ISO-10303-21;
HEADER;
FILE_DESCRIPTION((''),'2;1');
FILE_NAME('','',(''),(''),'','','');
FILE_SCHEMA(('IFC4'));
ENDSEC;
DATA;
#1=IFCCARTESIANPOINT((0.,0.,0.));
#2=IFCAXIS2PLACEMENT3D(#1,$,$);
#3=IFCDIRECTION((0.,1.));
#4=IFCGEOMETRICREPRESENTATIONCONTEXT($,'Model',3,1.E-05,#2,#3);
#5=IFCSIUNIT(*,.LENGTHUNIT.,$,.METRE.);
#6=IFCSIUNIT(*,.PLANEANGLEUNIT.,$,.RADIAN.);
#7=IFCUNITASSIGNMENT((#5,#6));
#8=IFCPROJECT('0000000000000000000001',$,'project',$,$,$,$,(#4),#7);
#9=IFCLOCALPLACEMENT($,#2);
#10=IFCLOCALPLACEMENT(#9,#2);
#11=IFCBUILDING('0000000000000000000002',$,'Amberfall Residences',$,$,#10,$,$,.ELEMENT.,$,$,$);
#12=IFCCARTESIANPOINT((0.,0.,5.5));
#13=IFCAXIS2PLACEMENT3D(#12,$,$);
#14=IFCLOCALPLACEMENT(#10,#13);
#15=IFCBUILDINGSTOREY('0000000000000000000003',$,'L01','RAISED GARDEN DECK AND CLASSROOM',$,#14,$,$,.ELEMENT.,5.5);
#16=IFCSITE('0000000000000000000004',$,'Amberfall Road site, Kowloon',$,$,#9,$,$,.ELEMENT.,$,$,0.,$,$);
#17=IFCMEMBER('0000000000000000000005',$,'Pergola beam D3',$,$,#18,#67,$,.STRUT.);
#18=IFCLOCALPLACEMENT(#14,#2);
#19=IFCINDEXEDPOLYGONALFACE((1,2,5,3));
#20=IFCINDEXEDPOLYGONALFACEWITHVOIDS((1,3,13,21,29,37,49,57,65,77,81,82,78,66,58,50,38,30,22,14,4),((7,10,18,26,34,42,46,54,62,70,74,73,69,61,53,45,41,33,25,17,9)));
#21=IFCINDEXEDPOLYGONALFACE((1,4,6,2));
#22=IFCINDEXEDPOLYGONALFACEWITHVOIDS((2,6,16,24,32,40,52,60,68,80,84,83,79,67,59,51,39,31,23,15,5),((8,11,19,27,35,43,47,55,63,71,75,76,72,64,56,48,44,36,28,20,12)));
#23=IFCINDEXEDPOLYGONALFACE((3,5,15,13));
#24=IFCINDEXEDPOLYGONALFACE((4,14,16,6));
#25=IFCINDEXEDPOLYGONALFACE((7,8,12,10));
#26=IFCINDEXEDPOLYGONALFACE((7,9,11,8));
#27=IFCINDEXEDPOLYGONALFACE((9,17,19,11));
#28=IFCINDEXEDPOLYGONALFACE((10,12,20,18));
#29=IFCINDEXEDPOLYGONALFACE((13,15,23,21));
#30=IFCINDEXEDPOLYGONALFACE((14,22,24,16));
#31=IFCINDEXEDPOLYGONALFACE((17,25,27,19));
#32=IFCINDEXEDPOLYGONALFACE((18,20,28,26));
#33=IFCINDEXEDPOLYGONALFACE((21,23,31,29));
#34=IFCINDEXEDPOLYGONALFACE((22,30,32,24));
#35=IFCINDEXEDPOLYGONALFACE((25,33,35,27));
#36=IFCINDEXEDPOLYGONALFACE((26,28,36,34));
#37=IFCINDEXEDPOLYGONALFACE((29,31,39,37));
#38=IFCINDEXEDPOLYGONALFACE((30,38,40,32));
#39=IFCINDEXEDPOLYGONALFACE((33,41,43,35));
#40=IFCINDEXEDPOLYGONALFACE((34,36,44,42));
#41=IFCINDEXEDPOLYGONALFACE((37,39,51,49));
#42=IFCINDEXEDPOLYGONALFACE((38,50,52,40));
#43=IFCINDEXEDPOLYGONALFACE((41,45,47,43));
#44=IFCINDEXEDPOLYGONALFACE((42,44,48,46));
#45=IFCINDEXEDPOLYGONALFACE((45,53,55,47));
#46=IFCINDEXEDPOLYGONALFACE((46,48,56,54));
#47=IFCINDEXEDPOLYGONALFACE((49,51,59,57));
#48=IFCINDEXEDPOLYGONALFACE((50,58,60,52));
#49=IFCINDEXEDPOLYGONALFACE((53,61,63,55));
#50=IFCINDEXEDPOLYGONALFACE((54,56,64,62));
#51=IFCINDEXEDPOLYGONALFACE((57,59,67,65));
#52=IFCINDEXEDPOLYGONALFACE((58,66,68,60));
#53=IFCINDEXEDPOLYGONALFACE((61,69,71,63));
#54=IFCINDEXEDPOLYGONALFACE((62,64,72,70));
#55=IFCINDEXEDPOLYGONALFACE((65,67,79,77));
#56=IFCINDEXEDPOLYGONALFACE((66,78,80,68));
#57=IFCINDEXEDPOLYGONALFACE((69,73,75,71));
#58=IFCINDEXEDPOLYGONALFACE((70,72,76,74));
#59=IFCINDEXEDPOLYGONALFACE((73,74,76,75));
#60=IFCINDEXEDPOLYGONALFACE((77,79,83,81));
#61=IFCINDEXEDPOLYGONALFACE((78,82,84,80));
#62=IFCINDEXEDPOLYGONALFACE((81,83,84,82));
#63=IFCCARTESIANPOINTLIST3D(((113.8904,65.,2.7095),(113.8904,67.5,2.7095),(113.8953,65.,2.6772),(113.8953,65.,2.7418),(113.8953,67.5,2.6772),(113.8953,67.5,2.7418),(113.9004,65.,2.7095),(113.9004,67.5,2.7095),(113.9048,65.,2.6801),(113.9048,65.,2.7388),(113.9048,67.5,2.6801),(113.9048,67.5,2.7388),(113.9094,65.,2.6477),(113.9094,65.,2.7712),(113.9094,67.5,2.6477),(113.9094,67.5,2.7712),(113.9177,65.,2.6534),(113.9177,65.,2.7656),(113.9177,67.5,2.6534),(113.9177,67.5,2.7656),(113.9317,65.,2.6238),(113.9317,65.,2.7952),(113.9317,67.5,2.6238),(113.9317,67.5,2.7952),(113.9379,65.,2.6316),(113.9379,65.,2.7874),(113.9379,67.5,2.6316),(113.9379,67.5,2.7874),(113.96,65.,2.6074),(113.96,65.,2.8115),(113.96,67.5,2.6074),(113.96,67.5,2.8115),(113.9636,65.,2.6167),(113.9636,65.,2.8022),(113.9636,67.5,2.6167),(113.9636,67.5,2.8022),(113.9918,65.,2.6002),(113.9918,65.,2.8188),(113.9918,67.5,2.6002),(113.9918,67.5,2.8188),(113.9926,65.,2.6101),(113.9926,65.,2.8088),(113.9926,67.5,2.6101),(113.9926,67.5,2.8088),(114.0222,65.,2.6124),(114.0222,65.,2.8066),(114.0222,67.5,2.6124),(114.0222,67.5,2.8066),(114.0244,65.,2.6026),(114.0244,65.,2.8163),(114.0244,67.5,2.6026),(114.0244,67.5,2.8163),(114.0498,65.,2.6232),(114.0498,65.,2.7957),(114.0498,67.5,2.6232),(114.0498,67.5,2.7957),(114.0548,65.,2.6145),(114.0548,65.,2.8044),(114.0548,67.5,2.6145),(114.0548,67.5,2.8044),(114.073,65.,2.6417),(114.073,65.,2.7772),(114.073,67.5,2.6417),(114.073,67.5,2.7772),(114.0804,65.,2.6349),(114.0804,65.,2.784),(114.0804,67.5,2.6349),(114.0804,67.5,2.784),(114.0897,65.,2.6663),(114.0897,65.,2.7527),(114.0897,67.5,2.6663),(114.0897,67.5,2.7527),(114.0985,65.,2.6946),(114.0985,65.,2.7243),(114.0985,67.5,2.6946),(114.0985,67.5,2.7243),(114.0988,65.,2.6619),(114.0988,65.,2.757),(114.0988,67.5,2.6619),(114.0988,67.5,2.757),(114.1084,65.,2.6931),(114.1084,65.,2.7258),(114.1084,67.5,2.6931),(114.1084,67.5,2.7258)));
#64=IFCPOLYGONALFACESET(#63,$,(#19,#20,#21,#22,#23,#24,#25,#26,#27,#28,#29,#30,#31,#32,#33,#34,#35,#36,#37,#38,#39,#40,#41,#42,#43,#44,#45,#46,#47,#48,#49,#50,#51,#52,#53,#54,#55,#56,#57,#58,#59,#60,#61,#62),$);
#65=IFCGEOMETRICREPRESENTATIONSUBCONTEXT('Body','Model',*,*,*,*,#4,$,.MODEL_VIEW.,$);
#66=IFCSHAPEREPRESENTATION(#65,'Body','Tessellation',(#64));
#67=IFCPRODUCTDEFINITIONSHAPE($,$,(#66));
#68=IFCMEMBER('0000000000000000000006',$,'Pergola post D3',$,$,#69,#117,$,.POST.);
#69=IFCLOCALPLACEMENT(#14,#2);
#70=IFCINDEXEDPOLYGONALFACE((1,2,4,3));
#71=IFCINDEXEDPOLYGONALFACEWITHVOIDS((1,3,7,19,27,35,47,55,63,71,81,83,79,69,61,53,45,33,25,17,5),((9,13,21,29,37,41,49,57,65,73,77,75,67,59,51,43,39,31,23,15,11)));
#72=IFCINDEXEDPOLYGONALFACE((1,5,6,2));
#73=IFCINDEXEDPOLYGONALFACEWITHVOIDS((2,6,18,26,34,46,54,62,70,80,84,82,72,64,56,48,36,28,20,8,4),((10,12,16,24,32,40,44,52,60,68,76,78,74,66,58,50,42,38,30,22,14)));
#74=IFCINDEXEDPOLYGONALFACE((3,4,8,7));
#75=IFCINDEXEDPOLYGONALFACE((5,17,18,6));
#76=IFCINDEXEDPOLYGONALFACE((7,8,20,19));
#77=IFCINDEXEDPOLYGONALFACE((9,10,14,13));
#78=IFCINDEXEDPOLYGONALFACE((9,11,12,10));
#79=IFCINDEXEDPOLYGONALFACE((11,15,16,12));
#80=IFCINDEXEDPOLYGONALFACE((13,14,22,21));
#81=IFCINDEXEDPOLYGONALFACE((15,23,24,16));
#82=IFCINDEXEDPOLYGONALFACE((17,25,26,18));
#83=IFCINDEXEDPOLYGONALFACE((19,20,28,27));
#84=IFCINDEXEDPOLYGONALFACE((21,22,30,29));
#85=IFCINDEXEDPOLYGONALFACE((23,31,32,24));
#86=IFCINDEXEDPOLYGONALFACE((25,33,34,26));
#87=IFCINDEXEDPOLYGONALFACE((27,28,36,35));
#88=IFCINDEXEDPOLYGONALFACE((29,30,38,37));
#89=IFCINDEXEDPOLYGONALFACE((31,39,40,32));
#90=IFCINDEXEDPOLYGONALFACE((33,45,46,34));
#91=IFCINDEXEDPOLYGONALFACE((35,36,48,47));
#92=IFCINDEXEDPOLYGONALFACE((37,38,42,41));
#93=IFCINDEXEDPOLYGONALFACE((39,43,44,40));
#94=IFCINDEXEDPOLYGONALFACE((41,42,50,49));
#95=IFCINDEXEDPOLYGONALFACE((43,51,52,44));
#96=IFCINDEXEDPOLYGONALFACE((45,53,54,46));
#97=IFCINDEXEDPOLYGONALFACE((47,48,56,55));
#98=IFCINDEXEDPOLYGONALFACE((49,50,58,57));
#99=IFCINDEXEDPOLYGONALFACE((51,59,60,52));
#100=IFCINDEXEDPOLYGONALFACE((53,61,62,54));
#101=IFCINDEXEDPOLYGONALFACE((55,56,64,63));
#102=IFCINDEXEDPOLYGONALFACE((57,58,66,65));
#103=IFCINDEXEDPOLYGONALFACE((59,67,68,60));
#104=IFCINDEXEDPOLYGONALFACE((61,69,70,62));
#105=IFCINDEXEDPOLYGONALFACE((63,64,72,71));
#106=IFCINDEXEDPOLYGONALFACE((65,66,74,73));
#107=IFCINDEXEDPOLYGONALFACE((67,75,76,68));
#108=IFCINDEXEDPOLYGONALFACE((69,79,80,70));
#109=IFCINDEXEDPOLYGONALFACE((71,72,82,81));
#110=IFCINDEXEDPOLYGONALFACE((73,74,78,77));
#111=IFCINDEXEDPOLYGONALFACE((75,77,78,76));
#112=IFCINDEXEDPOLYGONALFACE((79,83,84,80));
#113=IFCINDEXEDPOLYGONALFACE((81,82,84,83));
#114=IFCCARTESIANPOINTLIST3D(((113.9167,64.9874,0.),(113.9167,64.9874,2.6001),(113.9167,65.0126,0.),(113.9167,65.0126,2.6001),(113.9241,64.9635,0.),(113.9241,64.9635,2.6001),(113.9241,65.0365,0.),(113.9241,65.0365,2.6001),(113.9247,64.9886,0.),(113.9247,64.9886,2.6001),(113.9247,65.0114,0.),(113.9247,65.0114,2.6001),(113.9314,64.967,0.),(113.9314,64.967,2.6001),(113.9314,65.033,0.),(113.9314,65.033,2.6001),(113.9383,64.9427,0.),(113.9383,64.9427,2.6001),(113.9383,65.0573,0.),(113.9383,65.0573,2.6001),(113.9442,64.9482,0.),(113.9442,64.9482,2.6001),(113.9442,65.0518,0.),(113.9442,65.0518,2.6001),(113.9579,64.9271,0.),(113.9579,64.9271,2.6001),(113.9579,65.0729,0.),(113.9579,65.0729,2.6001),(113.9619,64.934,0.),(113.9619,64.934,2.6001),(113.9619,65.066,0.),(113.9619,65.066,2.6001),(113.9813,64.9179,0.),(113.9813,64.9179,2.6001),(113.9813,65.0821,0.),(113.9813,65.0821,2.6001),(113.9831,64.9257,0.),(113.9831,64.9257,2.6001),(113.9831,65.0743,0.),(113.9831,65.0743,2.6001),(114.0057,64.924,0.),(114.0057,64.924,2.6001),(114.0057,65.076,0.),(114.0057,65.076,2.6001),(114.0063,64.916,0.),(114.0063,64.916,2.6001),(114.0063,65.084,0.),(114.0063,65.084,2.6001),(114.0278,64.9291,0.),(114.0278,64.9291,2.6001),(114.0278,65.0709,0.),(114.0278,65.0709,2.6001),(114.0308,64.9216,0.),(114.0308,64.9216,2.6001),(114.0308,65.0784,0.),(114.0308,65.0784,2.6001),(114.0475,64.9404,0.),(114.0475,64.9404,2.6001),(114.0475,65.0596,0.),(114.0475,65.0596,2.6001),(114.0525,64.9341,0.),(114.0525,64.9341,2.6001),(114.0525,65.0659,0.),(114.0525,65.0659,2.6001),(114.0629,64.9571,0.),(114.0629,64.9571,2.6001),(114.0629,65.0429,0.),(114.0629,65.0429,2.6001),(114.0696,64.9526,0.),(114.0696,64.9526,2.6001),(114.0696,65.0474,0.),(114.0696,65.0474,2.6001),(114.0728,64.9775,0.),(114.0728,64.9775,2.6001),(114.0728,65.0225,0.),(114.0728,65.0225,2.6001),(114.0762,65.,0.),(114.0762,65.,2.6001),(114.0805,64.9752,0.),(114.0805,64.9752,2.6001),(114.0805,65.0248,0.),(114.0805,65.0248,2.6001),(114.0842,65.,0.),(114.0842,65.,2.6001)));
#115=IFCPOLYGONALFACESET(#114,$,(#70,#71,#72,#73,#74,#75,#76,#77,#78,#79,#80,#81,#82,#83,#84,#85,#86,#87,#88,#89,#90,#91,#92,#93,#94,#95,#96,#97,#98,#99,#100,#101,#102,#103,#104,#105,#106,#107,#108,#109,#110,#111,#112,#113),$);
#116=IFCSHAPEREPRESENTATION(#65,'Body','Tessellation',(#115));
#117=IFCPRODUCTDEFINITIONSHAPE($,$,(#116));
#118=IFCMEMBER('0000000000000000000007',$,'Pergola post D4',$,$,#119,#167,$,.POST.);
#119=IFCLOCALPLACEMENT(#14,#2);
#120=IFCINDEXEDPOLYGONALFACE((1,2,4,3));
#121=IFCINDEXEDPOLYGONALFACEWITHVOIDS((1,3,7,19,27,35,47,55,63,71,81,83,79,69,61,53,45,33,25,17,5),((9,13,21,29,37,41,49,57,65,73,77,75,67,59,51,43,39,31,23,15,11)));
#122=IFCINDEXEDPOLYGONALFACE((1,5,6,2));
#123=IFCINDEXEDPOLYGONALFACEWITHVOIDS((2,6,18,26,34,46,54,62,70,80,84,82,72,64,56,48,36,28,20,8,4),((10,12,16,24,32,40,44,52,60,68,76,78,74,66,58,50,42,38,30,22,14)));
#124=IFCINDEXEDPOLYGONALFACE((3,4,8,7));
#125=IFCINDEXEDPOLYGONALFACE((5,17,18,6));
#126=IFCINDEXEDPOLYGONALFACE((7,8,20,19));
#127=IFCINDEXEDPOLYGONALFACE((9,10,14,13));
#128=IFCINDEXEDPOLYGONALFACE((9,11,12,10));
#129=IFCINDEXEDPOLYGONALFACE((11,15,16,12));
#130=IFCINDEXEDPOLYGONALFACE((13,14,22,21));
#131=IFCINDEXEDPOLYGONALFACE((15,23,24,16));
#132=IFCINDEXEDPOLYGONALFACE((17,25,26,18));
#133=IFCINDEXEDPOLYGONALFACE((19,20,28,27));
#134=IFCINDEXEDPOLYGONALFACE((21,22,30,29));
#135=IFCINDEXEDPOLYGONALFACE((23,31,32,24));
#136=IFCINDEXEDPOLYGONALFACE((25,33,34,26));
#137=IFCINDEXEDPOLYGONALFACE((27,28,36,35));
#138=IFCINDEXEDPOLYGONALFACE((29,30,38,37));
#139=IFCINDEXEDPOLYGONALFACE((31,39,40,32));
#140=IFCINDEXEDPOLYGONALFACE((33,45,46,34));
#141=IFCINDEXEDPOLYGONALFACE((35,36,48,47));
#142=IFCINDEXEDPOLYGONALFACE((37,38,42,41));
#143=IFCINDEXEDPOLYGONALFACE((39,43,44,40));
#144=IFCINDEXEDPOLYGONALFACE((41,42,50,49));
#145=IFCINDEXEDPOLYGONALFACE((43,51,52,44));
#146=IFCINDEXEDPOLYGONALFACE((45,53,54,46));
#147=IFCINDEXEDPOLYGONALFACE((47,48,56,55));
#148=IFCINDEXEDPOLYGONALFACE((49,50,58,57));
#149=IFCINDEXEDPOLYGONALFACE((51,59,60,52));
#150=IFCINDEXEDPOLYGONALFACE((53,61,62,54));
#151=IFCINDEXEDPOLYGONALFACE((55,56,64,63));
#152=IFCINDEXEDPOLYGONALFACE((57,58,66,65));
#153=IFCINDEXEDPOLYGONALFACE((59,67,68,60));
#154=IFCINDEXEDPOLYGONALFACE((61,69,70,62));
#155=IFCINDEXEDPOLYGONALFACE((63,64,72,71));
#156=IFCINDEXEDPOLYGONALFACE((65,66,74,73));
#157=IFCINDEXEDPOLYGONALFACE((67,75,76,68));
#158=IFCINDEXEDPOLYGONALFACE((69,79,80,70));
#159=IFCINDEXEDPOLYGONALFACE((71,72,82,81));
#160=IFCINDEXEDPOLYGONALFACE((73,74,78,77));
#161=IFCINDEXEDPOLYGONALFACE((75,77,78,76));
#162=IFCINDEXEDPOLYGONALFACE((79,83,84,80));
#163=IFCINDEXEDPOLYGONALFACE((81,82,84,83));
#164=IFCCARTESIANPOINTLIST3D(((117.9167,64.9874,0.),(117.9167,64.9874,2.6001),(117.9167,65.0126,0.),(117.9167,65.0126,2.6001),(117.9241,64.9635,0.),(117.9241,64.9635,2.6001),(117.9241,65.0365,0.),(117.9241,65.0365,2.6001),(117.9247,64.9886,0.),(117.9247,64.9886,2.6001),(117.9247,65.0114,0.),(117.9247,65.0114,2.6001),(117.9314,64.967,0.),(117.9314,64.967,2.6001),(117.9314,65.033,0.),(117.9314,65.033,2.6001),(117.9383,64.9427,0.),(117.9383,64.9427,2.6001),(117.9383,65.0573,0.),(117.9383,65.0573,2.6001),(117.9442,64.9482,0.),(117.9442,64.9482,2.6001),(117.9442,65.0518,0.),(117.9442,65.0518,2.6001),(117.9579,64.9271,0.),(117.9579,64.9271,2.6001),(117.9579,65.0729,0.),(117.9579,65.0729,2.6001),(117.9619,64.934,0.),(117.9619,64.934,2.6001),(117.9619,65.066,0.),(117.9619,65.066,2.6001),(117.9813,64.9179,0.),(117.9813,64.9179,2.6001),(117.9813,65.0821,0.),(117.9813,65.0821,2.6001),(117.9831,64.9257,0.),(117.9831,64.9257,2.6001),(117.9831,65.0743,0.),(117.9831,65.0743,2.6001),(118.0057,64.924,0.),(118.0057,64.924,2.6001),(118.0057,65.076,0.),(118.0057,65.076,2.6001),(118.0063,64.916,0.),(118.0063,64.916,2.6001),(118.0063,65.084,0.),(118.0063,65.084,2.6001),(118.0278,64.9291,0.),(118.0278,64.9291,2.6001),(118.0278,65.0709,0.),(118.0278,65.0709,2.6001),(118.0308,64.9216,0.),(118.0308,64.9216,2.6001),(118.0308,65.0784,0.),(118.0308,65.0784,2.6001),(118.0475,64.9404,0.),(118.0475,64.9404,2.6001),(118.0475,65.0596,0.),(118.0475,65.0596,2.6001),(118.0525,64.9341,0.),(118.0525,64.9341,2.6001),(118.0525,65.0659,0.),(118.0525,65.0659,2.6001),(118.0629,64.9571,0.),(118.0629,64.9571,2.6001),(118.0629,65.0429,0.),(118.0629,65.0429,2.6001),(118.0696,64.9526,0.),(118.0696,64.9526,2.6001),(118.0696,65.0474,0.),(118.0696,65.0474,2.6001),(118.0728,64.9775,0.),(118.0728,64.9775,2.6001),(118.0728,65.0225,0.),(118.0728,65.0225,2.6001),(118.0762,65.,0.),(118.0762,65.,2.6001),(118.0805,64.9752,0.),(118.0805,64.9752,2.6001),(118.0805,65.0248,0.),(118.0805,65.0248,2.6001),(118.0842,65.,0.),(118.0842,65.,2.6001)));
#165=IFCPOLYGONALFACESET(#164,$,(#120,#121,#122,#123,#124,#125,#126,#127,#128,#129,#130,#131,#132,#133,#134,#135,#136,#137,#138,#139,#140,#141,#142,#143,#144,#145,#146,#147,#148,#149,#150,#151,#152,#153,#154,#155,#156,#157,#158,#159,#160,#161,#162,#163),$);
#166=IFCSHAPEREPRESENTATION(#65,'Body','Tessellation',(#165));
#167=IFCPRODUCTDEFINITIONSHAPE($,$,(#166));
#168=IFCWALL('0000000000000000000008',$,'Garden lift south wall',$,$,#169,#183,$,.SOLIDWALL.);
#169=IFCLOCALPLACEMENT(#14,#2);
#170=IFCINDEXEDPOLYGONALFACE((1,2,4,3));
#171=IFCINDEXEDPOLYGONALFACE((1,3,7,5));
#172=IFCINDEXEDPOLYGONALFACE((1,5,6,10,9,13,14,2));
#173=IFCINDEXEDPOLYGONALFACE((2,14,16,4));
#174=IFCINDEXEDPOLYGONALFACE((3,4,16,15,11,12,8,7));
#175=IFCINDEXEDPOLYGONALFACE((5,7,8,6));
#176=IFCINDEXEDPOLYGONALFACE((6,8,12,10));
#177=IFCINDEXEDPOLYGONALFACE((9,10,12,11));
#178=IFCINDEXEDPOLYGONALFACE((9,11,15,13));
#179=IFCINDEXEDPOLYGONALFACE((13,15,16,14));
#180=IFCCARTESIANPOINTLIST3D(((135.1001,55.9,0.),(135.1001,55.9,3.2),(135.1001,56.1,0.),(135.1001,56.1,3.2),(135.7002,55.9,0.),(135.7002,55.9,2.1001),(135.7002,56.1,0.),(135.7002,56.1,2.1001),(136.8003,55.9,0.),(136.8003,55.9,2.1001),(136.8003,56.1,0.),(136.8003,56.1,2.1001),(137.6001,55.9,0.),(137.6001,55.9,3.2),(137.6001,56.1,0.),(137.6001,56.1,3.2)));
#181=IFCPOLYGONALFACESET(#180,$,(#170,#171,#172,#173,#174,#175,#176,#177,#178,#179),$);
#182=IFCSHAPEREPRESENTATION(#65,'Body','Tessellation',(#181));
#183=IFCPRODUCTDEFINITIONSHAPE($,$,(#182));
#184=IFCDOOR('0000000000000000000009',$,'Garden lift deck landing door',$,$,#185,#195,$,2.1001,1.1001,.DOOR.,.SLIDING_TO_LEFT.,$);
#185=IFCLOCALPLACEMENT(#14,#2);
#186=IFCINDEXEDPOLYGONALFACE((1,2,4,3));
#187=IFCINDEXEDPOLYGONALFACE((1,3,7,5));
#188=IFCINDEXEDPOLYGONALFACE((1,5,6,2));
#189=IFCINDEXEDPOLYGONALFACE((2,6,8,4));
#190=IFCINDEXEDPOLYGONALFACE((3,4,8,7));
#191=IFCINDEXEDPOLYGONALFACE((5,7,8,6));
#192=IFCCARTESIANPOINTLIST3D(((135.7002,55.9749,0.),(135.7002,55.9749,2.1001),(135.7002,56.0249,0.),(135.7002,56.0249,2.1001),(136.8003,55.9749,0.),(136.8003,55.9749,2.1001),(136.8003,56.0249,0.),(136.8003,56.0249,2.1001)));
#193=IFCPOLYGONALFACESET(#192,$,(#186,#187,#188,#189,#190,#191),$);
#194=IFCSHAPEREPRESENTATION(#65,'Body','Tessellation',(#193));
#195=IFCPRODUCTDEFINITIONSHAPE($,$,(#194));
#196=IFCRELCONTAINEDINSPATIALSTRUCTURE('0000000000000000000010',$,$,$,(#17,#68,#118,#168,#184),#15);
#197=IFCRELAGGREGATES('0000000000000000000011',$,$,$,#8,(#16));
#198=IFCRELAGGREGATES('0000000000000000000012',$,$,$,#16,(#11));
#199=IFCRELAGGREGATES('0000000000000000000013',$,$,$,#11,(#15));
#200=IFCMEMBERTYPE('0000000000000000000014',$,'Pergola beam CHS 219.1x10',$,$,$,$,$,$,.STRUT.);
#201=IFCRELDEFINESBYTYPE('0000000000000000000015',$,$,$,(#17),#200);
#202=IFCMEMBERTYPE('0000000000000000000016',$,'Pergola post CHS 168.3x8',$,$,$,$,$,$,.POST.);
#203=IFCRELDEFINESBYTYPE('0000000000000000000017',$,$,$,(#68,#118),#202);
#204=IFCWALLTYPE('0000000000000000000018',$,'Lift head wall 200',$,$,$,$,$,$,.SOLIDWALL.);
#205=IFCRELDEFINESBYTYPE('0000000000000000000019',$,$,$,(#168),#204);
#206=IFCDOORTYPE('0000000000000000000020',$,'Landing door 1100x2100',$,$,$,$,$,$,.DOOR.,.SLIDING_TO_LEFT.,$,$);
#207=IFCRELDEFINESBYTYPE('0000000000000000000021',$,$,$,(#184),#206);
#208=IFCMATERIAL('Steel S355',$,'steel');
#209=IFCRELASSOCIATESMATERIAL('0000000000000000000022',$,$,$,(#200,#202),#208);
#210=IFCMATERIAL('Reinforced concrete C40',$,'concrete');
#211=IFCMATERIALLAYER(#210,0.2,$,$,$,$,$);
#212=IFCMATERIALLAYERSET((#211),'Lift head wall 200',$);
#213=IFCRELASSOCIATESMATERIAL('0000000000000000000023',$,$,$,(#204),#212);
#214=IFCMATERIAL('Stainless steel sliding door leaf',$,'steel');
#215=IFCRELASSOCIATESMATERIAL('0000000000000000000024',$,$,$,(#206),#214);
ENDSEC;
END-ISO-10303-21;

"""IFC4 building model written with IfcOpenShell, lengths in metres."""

from ifc_helpers import new_model, si_unit, direction, frame, frame_2d, origin, origin_2d, place, context, subcontext, project, spatial, rectangle, hollow_circle, extrude, material, layer, layer_set, material_profile, profile_set, type_object, element, fill, save


model = new_model("IFC4")

# Units and contexts
model_context = context("Model", 3, precision=1e-05, world=origin(), true_north=direction((0.0, 1.0)))
body_context = subcontext(model_context, "Body", "Model", "MODEL_VIEW")
ifc_project = project(units=[si_unit("LENGTHUNIT", "METRE"), si_unit("PLANEANGLEUNIT", "RADIAN")], contexts=[model_context])

# Site, building, storey
site_placement = place(None, origin())
site = spatial("IfcSite", under=ifc_project, at=site_placement, Name="Amberfall Road site, Kowloon", CompositionType="ELEMENT", RefElevation=0.0)
building_placement = place(site_placement, origin())
building = spatial("IfcBuilding", under=site, at=building_placement, Name="Amberfall Residences", CompositionType="ELEMENT")
storey_placement = place(building_placement, frame((0.0, 0.0, 5.5)))
storey = spatial("IfcBuildingStorey", under=building, at=storey_placement, Name="L01", Description="RAISED GARDEN DECK AND CLASSROOM", CompositionType="ELEMENT", Elevation=5.5)

# Members
ifc_material_1 = material(Name="Steel S355", Category="steel")
ifc_material_profile_1 = material_profile(ifc_material_1, hollow_circle(Radius=0.1096, WallThickness=0.01, at=origin_2d()), Name="CHS 219.1x10")
ifc_profile_set_1 = profile_set([ifc_material_profile_1], Name="Steel S355")
member_type_1 = type_object("IfcMemberType", Name="Pergola beam CHS 219.1x10", PredefinedType="STRUT", material=ifc_profile_set_1)
member_placement = place(storey_placement, frame((114.0, 65.0, 2.7095), z_axis=(0.0, 1.0, 0.0), x_axis=(-1.0, 0.0, 0.0)))
element("IfcMember", 1, at=member_placement, inside=storey, type_object=member_type_1, Name="Pergola beam D3", PredefinedType="STRUT", context=body_context, shape_type="SweptSolid", body=[
    extrude(hollow_circle(Radius=0.1096, WallThickness=0.01, at=origin_2d()), origin(), (0.0, 0.0, 1.0), 2.5),
])
ifc_material_profile_2 = material_profile(ifc_material_1, hollow_circle(Radius=0.0842, WallThickness=0.0081, at=origin_2d()), Name="CHS 168.3x8")
ifc_profile_set_2 = profile_set([ifc_material_profile_2], Name="Steel S355")
member_type_2 = type_object("IfcMemberType", Name="Pergola post CHS 168.3x8", PredefinedType="POST", material=ifc_profile_set_2)
for number, where, z_axis, x_axis, name in (
    (2, (114.0, 65.0, 0.0), (0.0, 0.0, 1.0), (1.0, 0.0, 0.0), "Pergola post D3"),
    (3, (118.0, 65.0, 0.0), (0.0, 0.0, 1.0), (1.0, 0.0, 0.0), "Pergola post D4"),
):
    element("IfcMember", number, at=place(storey_placement, frame(where, z_axis=z_axis, x_axis=x_axis)), inside=storey, type_object=member_type_2, Name=name, PredefinedType="POST", context=body_context, shape_type="SweptSolid", body=[
        extrude(hollow_circle(Radius=0.0842, WallThickness=0.0081, at=origin_2d()), origin(), (0.0, 0.0, 1.0), 2.6001),
    ])

# Wall, opening, door
ifc_material_2 = material(Name="Reinforced concrete C40", Category="concrete")
ifc_layer_1 = layer(ifc_material_2, 0.2)
ifc_layer_set_1 = layer_set([ifc_layer_1], Name="Lift head wall 200")
wall_type_1 = type_object("IfcWallType", Name="Lift head wall 200", PredefinedType="SOLIDWALL", material=ifc_layer_set_1)
wall_1_placement = place(storey_placement, frame((135.1001, 56.0, 0.0), z_axis=(0.0, 0.0, 1.0), x_axis=(1.0, 0.0, 0.0)))
wall_1 = element("IfcWall", 4, at=wall_1_placement, inside=storey, type_object=wall_type_1, Name="Garden lift south wall", PredefinedType="SOLIDWALL", context=body_context, shape_type="SweptSolid", body=[
    extrude(rectangle(XDim=2.5, YDim=0.2, at=frame_2d((1.25, 0.0))), origin(), (0.0, 0.0, 1.0), 3.2),
])
opening_1_placement = place(wall_1_placement, frame((0.6001, 0.0, 0.0)))
opening_1 = element("IfcOpeningElement", 5, at=opening_1_placement, cuts=wall_1, PredefinedType="OPENING", context=body_context, shape_type="SweptSolid", body=[
    extrude(rectangle(XDim=1.1001, YDim=2.1001, at=frame_2d((0.55, 1.05))), frame((0.0, 0.1099, 0.0), z_axis=(0.0, -1.0, 0.0), x_axis=(1.0, 0.0, 0.0)), (0.0, 0.0, 1.0), 0.22),
])
ifc_material_3 = material(Name="Stainless steel sliding door leaf", Category="steel")
door_type_1 = type_object("IfcDoorType", Name="Landing door 1100x2100", OperationType="SLIDING_TO_LEFT", PredefinedType="DOOR", material=ifc_material_3)
door_1_placement = place(opening_1_placement, origin())
door_1 = element("IfcDoor", 6, at=door_1_placement, inside=storey, type_object=door_type_1, Name="Garden lift deck landing door", OperationType="SLIDING_TO_LEFT", OverallHeight=2.1001, OverallWidth=1.1001, PredefinedType="DOOR", context=body_context, shape_type="SweptSolid", body=[
    extrude(rectangle(XDim=1.1001, YDim=2.1001, at=frame_2d((0.55, 1.05))), frame((0.0, 0.0249, 0.0), z_axis=(0.0, -1.0, 0.0), x_axis=(1.0, 0.0, 0.0)), (0.0, 0.0, 1.0), 0.05),
])
fill(opening_1, door_1)

save(model, "model.ifc")
